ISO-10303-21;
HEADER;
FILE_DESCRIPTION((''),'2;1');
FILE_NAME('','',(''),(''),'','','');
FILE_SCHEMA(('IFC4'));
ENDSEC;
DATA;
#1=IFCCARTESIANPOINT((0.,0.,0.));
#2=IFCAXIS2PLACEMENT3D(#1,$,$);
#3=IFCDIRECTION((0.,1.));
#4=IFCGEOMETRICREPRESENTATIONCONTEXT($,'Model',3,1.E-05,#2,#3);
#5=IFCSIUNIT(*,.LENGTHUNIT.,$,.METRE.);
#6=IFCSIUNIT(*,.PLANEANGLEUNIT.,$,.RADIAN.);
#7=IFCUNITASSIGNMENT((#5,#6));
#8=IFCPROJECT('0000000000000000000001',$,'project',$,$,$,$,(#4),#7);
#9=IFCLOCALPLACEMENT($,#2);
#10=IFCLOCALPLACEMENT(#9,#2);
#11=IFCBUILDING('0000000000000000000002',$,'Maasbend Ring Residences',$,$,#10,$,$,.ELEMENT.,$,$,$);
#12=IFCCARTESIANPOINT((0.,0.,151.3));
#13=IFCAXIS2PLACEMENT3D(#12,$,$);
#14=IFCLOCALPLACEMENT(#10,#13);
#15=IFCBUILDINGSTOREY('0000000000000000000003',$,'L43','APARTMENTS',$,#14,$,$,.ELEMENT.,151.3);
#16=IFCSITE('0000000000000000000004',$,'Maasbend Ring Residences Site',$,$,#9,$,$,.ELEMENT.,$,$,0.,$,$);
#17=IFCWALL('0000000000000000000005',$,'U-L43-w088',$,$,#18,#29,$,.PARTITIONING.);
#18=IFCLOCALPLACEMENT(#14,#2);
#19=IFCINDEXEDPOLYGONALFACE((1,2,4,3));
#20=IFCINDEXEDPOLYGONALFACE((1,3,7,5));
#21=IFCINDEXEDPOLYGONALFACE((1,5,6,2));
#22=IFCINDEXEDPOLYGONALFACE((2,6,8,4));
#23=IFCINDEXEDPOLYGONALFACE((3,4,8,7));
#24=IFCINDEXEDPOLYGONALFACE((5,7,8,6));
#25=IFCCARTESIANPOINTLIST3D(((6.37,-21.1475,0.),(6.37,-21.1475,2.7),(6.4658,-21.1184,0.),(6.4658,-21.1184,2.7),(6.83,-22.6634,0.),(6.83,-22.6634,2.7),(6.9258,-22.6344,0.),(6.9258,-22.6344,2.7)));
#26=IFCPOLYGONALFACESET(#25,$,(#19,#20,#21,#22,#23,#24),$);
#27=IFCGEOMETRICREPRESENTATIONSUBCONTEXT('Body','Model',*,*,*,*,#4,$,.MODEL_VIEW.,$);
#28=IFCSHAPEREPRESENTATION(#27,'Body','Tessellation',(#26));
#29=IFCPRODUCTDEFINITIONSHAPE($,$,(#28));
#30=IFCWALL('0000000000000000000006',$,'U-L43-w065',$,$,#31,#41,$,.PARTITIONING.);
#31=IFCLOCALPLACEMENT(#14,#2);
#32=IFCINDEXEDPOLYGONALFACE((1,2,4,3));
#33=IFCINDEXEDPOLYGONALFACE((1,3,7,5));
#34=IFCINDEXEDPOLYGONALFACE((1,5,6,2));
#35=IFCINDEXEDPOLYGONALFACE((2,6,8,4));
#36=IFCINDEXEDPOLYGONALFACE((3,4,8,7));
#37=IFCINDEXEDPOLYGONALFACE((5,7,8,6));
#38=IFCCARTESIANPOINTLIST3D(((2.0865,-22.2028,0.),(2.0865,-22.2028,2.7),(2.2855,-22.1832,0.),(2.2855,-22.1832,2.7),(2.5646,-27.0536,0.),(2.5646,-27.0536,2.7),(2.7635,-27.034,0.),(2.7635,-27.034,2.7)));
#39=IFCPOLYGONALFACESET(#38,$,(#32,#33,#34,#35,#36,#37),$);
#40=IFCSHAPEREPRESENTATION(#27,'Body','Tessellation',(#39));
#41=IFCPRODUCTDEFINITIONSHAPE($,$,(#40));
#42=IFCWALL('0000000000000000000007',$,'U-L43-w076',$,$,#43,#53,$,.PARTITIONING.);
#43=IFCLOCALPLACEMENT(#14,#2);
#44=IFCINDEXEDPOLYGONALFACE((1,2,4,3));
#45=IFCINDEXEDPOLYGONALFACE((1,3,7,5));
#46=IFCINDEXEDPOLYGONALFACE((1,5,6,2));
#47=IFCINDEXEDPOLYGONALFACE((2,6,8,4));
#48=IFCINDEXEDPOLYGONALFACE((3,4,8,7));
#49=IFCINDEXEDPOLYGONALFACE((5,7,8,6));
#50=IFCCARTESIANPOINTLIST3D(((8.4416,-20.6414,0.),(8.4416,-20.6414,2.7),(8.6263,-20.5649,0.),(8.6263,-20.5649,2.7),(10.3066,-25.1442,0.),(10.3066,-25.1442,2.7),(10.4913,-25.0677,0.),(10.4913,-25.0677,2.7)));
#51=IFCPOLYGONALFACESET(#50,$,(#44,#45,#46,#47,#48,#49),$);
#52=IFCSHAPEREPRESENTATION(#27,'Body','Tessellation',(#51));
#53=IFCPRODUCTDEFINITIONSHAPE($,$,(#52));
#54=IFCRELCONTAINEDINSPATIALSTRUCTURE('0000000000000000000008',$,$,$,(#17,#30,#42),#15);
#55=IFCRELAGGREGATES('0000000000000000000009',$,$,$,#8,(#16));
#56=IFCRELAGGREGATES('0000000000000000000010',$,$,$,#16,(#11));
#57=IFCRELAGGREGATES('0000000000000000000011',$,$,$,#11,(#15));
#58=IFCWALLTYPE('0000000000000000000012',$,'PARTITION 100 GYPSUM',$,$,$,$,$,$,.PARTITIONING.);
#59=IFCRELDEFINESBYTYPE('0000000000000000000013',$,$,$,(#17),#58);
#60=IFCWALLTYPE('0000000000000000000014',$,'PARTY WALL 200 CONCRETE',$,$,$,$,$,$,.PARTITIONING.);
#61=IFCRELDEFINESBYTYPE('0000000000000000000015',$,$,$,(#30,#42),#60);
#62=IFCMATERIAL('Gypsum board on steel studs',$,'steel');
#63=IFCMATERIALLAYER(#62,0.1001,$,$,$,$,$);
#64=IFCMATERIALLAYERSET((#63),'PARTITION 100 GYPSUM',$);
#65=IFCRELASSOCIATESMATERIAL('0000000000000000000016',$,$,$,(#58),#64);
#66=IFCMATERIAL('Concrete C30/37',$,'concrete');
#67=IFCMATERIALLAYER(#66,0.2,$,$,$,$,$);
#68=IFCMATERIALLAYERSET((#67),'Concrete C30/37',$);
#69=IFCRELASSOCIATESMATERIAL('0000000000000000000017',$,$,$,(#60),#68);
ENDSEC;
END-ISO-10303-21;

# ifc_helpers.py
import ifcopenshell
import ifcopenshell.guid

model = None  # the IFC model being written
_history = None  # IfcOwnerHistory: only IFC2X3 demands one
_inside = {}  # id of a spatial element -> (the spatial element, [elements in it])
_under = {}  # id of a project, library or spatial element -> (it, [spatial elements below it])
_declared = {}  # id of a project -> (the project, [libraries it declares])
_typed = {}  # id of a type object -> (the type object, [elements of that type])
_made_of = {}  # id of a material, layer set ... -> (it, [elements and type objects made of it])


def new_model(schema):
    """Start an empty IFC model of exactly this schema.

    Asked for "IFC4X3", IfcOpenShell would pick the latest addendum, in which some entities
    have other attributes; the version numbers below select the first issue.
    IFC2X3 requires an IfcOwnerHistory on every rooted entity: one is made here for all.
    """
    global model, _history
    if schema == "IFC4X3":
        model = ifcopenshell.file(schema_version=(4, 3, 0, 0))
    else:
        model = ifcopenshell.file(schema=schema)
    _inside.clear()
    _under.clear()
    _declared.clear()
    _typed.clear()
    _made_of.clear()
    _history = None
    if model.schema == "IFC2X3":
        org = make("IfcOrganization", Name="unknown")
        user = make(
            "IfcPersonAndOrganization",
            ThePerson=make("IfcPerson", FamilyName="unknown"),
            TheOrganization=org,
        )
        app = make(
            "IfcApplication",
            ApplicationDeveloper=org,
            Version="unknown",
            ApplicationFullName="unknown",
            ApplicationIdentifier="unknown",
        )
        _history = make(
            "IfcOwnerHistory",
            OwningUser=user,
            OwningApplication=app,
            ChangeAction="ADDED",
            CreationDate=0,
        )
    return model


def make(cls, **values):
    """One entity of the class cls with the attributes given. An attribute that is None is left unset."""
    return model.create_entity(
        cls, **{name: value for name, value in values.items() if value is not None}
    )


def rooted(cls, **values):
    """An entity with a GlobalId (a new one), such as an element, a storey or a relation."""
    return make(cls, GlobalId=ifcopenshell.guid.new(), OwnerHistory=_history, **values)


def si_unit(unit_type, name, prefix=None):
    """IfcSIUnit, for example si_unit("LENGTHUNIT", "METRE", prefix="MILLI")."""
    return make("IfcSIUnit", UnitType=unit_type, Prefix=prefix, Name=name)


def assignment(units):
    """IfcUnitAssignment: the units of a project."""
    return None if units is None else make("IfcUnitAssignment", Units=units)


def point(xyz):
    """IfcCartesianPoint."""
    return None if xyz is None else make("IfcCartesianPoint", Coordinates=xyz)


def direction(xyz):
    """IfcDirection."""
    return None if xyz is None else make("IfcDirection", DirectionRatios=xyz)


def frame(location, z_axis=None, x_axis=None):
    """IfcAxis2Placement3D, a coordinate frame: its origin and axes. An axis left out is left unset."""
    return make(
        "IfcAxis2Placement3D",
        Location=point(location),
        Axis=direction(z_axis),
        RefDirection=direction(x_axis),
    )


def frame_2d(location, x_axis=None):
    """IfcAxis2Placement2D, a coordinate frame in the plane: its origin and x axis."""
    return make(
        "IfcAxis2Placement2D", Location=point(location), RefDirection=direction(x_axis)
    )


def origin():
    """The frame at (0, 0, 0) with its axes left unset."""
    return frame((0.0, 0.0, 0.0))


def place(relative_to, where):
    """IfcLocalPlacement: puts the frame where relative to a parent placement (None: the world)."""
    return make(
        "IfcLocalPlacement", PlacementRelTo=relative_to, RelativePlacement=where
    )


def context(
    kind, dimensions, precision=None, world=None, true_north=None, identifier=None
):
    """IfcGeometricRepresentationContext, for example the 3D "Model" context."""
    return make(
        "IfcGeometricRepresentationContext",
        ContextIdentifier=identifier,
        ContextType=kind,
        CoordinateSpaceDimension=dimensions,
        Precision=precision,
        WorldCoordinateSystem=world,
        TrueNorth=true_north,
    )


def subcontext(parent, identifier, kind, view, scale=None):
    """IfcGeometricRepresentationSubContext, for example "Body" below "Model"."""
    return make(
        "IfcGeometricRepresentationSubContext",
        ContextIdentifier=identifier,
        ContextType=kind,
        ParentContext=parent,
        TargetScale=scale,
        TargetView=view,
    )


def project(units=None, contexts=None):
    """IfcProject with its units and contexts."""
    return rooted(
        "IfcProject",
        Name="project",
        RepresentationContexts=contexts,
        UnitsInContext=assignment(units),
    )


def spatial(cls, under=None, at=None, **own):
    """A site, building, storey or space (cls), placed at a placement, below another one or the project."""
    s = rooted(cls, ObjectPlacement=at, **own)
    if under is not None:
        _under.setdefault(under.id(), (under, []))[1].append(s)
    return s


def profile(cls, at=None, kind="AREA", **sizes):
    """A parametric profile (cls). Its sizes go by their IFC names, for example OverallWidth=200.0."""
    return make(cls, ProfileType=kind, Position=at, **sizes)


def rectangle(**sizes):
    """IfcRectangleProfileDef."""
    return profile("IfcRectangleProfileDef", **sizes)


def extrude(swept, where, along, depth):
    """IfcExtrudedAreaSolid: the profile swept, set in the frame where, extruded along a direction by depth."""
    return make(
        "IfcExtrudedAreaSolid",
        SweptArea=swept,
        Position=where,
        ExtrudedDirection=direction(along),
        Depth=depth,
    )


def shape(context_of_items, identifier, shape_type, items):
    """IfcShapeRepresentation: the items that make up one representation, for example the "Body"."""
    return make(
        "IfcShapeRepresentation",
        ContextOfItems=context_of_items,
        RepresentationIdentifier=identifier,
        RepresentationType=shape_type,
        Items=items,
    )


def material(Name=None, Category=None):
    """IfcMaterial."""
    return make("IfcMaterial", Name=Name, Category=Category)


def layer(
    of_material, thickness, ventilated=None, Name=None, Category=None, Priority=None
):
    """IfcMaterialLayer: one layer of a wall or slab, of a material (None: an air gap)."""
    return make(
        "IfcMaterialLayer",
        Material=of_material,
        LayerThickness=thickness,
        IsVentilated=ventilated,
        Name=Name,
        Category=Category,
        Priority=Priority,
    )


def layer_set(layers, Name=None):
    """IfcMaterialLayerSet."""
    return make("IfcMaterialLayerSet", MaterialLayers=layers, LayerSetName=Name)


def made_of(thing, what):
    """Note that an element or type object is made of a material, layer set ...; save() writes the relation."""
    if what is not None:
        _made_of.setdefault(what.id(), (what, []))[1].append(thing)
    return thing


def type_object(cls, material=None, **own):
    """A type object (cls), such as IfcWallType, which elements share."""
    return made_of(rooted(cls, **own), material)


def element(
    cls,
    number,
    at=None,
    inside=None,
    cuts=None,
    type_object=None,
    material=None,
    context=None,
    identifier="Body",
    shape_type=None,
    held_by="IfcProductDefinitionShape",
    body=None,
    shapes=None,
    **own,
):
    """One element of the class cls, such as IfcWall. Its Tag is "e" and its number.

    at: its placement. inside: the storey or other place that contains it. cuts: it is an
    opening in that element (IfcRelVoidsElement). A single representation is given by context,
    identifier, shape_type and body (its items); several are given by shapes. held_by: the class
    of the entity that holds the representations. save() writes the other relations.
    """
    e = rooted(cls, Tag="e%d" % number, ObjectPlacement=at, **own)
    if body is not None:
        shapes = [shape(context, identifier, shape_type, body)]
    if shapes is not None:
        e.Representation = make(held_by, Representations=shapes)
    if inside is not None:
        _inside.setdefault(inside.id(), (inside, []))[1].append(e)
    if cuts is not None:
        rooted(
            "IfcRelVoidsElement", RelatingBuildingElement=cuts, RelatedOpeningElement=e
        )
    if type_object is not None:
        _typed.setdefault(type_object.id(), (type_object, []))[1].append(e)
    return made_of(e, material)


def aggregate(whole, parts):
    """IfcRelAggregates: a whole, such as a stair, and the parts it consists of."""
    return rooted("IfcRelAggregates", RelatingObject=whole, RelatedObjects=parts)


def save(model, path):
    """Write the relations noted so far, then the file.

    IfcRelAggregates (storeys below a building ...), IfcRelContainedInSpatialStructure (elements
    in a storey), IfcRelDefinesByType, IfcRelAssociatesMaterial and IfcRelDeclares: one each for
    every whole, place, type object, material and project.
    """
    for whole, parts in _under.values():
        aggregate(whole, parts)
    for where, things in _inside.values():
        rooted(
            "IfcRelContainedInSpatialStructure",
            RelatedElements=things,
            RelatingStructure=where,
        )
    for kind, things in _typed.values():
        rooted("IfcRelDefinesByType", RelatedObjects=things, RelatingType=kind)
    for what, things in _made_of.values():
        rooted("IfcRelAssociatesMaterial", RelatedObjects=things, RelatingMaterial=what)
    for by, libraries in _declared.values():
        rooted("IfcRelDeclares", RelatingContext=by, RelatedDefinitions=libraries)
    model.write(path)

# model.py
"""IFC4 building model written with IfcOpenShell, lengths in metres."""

from ifc_helpers import new_model, si_unit, direction, frame, frame_2d, origin, place, context, subcontext, project, spatial, rectangle, extrude, material, layer, layer_set, type_object, element, save


model = new_model("IFC4")

# Units and contexts
model_context = context("Model", 3, precision=1e-05, world=origin(), true_north=direction((0.0, 1.0)))
body_context = subcontext(model_context, "Body", "Model", "MODEL_VIEW")
ifc_project = project(units=[si_unit("LENGTHUNIT", "METRE"), si_unit("PLANEANGLEUNIT", "RADIAN")], contexts=[model_context])

# Site, building, storey
site_placement = place(None, origin())
site = spatial("IfcSite", under=ifc_project, at=site_placement, Name="Maasbend Ring Residences Site", CompositionType="ELEMENT", RefElevation=0.0)
building_placement = place(site_placement, origin())
building = spatial("IfcBuilding", under=site, at=building_placement, Name="Maasbend Ring Residences", CompositionType="ELEMENT")
storey_placement = place(building_placement, frame((0.0, 0.0, 151.3)))
storey = spatial("IfcBuildingStorey", under=building, at=storey_placement, Name="L43", Description="APARTMENTS", CompositionType="ELEMENT", Elevation=151.3)

# Shared definitions
ifc_material_1 = material(Name="Gypsum board on steel studs", Category="steel")
ifc_layer_1 = layer(ifc_material_1, 0.1001)
ifc_layer_set_1 = layer_set([ifc_layer_1], Name="PARTITION 100 GYPSUM")
wall_type_1 = type_object("IfcWallType", Name="PARTITION 100 GYPSUM", PredefinedType="PARTITIONING", material=ifc_layer_set_1)

# Walls
wall_1_placement = place(storey_placement, frame((6.418, -21.1331, 0.0), z_axis=(0.0, 0.0, 1.0), x_axis=(0.290358, -0.956918, 0.0)))
element("IfcWall", 1, at=wall_1_placement, inside=storey, type_object=wall_type_1, Name="U-L43-w088", PredefinedType="PARTITIONING", context=body_context, shape_type="SweptSolid", body=[
    extrude(rectangle(XDim=1.5842, YDim=0.1001, at=frame_2d((0.792, 0.0))), origin(), (0.0, 0.0, 1.0), 2.7),
])
ifc_material_2 = material(Name="Concrete C30/37", Category="concrete")
ifc_layer_2 = layer(ifc_material_2, 0.2)
ifc_layer_set_2 = layer_set([ifc_layer_2], Name="Concrete C30/37")
wall_type_2 = type_object("IfcWallType", Name="PARTY WALL 200 CONCRETE", PredefinedType="PARTITIONING", material=ifc_layer_set_2)
wall_2_placement = place(storey_placement, frame((2.186, -22.1931, 0.0), z_axis=(0.0, 0.0, 1.0), x_axis=(0.09807, -0.995179, 0.0)))
element("IfcWall", 2, at=wall_2_placement, inside=storey, type_object=wall_type_2, Name="U-L43-w065", PredefinedType="PARTITIONING", context=body_context, shape_type="SweptSolid", body=[
    extrude(rectangle(XDim=4.8743, YDim=0.2, at=frame_2d((2.437, 0.0))), origin(), (0.0, 0.0, 1.0), 2.7),
])
wall_3_placement = place(storey_placement, frame((8.5339, -20.603, 0.0), z_axis=(0.0, 0.0, 1.0), x_axis=(0.382651, -0.923893, 0.0)))
element("IfcWall", 3, at=wall_3_placement, inside=storey, type_object=wall_type_2, Name="U-L43-w076", PredefinedType="PARTITIONING", context=body_context, shape_type="SweptSolid", body=[
    extrude(rectangle(XDim=4.8738, YDim=0.2, at=frame_2d((2.437, 0.0))), origin(), (0.0, 0.0, 1.0), 2.7),
])

save(model, "model.ifc")
